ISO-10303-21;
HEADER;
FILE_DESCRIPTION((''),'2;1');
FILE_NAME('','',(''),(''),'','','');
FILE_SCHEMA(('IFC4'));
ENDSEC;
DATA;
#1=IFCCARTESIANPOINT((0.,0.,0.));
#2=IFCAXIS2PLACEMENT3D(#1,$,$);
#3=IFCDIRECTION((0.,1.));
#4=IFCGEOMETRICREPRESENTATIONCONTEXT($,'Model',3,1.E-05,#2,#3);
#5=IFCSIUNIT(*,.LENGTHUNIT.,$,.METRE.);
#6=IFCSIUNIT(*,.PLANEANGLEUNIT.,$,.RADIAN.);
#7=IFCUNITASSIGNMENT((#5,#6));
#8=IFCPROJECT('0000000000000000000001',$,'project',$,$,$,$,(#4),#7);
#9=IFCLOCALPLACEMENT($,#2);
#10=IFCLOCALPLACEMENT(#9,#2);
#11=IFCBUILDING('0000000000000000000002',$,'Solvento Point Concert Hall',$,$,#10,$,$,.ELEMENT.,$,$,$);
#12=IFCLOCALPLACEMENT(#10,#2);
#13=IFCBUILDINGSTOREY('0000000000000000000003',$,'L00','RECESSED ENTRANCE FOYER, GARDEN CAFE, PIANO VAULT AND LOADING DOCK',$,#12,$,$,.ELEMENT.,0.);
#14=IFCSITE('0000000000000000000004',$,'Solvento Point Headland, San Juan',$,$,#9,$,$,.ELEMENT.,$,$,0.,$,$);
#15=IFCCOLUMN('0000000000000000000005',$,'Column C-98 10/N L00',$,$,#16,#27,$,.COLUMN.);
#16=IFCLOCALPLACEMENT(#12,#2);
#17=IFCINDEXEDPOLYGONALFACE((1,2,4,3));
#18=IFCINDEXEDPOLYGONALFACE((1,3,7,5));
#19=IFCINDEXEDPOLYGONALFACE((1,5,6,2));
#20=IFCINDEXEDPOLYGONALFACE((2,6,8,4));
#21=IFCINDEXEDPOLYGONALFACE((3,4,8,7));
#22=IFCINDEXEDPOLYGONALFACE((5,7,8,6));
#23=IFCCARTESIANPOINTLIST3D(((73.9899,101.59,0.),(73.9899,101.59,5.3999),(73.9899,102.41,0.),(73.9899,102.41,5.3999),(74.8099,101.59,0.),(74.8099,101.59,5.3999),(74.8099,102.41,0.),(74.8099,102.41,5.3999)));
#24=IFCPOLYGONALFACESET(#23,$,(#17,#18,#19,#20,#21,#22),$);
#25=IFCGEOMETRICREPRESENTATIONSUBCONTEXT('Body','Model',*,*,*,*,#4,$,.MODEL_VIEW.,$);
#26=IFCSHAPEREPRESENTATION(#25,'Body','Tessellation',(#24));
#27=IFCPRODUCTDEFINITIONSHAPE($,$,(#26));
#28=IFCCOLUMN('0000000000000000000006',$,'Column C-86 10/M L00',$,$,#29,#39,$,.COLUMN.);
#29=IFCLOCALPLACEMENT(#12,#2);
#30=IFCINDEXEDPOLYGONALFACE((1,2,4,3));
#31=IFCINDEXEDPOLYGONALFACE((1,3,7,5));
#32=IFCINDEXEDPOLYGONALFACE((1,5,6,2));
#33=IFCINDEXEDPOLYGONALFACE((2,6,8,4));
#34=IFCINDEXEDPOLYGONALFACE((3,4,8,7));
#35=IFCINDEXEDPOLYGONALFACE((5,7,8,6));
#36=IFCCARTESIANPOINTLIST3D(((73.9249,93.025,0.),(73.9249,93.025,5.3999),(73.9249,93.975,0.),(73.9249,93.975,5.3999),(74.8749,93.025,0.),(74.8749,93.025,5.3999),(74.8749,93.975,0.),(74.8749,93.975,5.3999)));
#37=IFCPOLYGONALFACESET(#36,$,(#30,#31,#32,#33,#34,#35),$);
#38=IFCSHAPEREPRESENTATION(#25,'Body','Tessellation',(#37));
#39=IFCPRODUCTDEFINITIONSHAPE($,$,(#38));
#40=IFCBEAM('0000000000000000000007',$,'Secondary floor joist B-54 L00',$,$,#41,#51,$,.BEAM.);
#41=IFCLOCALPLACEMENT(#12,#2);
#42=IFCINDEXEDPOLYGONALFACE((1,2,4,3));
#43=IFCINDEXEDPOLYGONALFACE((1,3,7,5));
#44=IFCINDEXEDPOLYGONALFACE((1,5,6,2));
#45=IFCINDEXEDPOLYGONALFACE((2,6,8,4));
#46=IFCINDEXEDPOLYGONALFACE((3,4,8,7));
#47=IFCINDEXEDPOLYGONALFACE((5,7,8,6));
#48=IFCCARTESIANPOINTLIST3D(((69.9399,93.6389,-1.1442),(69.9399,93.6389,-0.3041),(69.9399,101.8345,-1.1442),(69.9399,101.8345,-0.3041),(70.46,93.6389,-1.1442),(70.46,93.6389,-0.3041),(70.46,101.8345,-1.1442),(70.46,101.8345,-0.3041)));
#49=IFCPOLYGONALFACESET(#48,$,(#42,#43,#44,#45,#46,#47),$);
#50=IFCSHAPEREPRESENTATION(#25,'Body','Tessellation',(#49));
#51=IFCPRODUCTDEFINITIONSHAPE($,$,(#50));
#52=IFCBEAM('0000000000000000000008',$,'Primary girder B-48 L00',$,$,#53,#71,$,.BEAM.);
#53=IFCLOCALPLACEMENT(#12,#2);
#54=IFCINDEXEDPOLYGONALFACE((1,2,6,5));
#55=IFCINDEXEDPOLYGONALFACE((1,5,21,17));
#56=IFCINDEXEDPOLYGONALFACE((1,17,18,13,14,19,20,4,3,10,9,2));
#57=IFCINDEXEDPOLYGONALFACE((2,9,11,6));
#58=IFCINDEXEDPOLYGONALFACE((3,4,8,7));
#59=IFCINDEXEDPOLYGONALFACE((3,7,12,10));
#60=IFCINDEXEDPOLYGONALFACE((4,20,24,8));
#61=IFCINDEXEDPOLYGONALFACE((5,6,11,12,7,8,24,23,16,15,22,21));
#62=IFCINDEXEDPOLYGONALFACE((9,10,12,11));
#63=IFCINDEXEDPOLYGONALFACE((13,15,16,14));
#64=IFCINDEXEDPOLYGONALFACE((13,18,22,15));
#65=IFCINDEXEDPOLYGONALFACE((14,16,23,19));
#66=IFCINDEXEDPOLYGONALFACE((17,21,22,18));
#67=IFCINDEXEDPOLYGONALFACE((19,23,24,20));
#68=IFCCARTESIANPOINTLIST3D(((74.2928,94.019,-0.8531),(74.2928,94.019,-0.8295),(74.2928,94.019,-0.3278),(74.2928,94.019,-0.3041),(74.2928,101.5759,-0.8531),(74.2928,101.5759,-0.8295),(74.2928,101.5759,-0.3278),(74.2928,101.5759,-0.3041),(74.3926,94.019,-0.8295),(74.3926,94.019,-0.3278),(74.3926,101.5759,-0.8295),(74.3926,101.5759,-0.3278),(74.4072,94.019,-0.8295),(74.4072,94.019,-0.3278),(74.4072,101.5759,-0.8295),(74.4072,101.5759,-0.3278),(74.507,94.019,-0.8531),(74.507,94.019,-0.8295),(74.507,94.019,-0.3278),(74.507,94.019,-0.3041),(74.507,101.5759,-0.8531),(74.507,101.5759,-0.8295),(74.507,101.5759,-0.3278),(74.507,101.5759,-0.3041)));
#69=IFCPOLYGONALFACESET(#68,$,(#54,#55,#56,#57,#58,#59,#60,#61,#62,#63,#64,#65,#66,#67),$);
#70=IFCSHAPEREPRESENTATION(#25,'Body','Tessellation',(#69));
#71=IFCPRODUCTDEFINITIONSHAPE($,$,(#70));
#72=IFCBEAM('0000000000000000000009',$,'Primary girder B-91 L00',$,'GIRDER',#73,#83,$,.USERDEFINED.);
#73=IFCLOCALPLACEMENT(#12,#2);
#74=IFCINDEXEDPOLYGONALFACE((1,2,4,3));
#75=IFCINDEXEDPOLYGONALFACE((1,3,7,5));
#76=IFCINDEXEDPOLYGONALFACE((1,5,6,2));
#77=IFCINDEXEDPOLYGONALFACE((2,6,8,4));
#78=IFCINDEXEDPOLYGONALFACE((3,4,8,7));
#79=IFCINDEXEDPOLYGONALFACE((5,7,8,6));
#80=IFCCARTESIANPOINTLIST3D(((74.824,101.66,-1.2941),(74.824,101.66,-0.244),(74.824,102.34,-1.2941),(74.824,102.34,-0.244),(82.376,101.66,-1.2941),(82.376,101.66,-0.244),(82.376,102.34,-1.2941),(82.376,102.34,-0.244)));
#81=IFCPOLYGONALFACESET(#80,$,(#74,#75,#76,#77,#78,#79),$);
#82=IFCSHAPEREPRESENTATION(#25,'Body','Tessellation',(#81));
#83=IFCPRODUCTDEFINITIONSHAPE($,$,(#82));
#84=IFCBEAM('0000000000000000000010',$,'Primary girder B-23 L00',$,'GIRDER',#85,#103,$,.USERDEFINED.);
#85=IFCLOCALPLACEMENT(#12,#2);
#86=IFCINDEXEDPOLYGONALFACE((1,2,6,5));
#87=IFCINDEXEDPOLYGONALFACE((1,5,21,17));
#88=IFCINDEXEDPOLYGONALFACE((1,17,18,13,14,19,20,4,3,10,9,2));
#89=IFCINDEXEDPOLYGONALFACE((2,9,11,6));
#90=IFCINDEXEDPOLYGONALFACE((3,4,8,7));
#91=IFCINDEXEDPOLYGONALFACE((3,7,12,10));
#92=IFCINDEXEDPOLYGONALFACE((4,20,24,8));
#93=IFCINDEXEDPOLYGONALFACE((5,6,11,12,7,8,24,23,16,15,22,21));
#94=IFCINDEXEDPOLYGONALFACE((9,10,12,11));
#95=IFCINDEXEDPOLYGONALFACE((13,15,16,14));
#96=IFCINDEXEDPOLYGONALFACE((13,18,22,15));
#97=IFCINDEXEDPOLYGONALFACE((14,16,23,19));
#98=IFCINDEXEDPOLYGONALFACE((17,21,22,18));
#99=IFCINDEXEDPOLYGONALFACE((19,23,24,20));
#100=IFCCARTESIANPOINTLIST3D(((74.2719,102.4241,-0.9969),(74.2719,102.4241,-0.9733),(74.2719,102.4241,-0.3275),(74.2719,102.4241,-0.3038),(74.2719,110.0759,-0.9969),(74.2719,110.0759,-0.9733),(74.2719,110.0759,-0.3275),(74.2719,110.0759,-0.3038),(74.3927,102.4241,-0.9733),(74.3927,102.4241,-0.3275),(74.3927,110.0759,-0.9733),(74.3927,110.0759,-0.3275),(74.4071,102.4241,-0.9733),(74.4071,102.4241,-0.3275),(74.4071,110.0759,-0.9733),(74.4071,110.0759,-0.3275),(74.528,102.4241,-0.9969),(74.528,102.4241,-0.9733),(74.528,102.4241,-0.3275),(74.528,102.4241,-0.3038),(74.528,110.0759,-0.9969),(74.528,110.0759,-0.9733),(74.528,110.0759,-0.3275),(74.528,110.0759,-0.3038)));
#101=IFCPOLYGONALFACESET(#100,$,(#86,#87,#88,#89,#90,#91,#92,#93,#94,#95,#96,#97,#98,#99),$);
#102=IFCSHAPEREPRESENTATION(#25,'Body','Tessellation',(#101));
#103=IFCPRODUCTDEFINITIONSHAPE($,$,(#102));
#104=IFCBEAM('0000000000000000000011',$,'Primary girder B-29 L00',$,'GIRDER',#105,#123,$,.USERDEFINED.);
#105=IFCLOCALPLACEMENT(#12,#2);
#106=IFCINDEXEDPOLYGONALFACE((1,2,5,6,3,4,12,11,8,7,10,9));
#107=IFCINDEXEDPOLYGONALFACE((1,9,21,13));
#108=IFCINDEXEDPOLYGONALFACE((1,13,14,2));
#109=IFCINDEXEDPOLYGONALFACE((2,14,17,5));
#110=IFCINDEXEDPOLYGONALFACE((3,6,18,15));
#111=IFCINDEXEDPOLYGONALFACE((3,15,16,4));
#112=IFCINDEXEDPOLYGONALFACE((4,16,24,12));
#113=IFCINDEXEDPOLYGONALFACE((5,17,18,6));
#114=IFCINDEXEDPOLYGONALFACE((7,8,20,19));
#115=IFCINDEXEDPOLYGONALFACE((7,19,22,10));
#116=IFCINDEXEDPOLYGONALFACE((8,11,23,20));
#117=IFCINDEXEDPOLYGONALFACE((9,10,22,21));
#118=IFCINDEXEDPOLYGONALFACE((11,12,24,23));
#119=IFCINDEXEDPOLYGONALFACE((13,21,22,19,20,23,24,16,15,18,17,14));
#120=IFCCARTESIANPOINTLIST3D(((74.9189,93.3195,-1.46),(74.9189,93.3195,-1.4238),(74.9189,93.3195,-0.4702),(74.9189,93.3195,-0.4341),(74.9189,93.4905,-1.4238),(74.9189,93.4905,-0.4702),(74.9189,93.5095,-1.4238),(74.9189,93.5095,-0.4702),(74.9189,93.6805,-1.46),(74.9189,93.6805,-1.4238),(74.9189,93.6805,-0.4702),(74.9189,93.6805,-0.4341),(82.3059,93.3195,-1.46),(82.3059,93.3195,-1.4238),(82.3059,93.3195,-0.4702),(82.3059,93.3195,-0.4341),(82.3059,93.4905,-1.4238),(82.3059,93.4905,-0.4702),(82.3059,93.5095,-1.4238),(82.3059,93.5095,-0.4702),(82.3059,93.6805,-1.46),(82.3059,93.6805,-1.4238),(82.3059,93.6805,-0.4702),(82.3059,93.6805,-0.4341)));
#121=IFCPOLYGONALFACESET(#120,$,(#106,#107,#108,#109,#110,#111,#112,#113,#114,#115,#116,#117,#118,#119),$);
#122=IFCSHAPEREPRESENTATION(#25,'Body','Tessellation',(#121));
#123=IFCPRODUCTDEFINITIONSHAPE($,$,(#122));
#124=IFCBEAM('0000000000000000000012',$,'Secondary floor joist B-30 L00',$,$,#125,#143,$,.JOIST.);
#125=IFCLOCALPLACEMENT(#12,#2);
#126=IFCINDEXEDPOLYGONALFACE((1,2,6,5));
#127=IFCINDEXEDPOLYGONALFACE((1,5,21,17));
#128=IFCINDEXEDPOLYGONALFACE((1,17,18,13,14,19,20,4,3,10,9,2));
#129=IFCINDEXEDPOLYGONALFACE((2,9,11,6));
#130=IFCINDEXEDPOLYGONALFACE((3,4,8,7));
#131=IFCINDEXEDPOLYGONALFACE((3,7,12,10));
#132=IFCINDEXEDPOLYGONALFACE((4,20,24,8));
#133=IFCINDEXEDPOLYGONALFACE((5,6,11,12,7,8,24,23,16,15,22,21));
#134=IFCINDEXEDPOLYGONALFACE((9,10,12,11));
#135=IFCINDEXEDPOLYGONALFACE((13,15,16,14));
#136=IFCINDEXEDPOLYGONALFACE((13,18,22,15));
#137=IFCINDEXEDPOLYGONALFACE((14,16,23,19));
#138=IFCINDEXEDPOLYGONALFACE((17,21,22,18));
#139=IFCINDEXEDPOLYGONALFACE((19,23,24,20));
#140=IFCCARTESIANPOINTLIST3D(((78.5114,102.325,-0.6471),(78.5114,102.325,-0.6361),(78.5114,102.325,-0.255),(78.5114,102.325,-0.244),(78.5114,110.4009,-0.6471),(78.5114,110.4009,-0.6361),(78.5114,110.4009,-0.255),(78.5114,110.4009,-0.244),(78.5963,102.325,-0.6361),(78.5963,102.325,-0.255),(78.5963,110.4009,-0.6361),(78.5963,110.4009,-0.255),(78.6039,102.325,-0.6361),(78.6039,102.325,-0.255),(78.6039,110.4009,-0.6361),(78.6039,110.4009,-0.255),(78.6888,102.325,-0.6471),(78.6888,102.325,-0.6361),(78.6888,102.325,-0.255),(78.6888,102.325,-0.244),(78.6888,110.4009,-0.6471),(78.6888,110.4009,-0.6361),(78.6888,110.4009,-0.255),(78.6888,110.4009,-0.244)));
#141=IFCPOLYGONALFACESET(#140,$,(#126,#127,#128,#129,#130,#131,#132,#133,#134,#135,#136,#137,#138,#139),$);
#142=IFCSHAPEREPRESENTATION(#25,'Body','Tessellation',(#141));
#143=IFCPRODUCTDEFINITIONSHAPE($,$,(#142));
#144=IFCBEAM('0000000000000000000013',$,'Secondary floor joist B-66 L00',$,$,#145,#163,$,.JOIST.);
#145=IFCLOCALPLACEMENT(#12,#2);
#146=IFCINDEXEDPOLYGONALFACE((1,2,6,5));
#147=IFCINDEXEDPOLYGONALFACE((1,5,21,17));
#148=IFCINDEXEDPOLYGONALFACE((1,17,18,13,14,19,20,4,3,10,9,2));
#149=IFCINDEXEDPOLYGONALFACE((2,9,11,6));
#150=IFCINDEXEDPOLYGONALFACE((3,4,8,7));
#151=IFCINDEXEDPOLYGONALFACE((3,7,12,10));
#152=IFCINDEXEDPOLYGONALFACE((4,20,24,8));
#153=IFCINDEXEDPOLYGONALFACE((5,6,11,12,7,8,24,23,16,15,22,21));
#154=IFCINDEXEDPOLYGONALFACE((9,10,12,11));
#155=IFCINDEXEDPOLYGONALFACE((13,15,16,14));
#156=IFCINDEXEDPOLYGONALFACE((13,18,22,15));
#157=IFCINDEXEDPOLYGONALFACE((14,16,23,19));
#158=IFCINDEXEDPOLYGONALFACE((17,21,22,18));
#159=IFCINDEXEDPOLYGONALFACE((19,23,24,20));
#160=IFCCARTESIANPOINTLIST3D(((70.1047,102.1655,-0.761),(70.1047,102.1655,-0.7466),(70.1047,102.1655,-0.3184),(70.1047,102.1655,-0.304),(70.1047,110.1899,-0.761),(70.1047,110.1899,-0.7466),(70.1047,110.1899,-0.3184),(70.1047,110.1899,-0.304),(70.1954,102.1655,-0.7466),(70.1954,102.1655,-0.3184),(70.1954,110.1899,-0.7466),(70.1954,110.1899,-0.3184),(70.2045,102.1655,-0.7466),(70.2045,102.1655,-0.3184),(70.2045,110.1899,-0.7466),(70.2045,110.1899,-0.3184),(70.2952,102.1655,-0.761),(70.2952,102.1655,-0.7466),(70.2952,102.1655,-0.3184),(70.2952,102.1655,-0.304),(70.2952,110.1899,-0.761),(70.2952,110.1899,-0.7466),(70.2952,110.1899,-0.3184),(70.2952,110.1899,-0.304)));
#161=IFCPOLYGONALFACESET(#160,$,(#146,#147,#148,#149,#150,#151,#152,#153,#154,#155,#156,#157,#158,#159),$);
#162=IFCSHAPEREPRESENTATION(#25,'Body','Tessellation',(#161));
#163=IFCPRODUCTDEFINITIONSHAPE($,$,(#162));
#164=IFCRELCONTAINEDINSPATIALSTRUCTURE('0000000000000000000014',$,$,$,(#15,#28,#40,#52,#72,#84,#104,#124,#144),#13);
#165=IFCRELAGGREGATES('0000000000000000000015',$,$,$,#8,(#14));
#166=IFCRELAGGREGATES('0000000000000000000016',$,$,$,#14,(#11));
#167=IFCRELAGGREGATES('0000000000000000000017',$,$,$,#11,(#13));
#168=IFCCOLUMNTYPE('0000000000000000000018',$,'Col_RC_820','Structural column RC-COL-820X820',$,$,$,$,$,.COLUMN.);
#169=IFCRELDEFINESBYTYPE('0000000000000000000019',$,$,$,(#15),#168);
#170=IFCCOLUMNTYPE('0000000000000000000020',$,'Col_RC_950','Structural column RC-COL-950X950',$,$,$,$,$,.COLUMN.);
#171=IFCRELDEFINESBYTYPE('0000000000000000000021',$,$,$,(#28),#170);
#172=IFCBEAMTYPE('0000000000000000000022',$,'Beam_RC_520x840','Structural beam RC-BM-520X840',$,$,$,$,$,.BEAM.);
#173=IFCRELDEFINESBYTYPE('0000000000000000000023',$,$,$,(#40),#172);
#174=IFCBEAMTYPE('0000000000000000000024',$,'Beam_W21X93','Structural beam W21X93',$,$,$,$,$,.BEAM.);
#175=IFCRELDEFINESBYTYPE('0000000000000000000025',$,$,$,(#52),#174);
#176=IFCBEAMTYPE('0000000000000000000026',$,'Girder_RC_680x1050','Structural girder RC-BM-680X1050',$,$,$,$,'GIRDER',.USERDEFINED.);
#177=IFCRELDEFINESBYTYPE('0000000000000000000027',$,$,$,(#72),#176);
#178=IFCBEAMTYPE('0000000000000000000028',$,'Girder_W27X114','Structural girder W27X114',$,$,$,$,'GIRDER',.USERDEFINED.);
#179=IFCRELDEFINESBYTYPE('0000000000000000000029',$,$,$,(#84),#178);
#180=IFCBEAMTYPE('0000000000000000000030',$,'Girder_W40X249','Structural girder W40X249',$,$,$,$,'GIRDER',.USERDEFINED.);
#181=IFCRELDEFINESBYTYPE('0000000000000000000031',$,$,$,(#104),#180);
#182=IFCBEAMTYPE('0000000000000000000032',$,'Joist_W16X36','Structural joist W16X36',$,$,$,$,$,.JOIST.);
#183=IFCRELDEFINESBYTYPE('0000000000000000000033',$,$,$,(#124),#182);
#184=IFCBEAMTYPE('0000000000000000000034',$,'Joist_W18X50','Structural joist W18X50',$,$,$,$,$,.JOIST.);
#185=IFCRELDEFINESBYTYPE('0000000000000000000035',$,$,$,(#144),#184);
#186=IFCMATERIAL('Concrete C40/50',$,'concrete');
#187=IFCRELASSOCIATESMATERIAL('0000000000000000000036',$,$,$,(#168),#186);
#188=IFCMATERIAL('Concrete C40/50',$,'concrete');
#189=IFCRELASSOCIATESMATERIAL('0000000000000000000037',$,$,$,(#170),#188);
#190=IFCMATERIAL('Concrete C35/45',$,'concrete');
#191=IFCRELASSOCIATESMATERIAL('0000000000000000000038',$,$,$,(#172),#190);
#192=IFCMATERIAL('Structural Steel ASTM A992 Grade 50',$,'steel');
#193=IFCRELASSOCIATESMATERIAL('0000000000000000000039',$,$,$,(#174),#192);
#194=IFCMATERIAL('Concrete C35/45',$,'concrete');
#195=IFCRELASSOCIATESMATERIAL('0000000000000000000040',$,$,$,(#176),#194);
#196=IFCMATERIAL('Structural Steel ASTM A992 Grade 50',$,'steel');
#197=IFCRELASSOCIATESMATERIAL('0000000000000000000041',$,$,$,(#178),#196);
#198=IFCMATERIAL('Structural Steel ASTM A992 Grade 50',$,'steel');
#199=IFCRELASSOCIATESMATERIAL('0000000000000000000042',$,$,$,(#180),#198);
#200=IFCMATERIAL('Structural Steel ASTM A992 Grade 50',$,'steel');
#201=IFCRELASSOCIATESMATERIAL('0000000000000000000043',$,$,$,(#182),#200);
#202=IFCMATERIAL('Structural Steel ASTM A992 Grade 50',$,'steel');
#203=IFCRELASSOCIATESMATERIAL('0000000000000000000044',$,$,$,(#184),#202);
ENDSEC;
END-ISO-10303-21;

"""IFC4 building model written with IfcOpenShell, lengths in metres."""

from ifc_helpers import new_model, si_unit, direction, frame, origin, origin_2d, place, context, subcontext, project, spatial, rectangle, i_section, extrude, material, material_profile, profile_set, type_object, element, save


model = new_model("IFC4")

# Units and contexts
model_context = context("Model", 3, precision=1e-05, world=origin(), true_north=direction((0.0, 1.0)))
body_context = subcontext(model_context, "Body", "Model", "MODEL_VIEW")
ifc_project = project(units=[si_unit("LENGTHUNIT", "METRE"), si_unit("PLANEANGLEUNIT", "RADIAN")], contexts=[model_context])

# Site, building, storey
site_placement = place(None, origin())
site = spatial("IfcSite", under=ifc_project, at=site_placement, Name="Solvento Point Headland, San Juan", CompositionType="ELEMENT", RefElevation=0.0)
building_placement = place(site_placement, origin())
building = spatial("IfcBuilding", under=site, at=building_placement, Name="Solvento Point Concert Hall", CompositionType="ELEMENT")
storey_placement = place(building_placement, origin())
storey = spatial("IfcBuildingStorey", under=building, at=storey_placement, Name="L00", Description="RECESSED ENTRANCE FOYER, GARDEN CAFE, PIANO VAULT AND LOADING DOCK", CompositionType="ELEMENT", Elevation=0.0)

# Columns
ifc_material_1 = material(Name="Concrete C40/50", Category="concrete")
ifc_material_profile_1 = material_profile(ifc_material_1, rectangle(XDim=0.8201, YDim=0.8201, at=origin_2d()), Name="RC-COL-820X820")
ifc_profile_set_1 = profile_set([ifc_material_profile_1], Name="Concrete C40/50")
column_type_1 = type_object("IfcColumnType", Name="Col_RC_820", Description="Structural column RC-COL-820X820", PredefinedType="COLUMN", material=ifc_profile_set_1)
column_1_placement = place(storey_placement, frame((74.3999, 102.0, 0.0), z_axis=(0.0, 0.0, 1.0), x_axis=(1.0, 0.0, 0.0)))
element("IfcColumn", 1, at=column_1_placement, inside=storey, type_object=column_type_1, Name="Column C-98 10/N L00", PredefinedType="COLUMN", context=body_context, shape_type="SweptSolid", body=[
    extrude(rectangle(XDim=0.8201, YDim=0.8201, at=origin_2d()), origin(), (0.0, 0.0, 1.0), 5.3999),
])
ifc_material_2 = material(Name="Concrete C40/50", Category="concrete")
ifc_material_profile_2 = material_profile(ifc_material_2, rectangle(XDim=0.95, YDim=0.95, at=origin_2d()), Name="RC-COL-950X950")
ifc_profile_set_2 = profile_set([ifc_material_profile_2], Name="Concrete C40/50")
column_type_2 = type_object("IfcColumnType", Name="Col_RC_950", Description="Structural column RC-COL-950X950", PredefinedType="COLUMN", material=ifc_profile_set_2)
column_2_placement = place(storey_placement, frame((74.3999, 93.5, 0.0), z_axis=(0.0, 0.0, 1.0), x_axis=(1.0, 0.0, 0.0)))
element("IfcColumn", 2, at=column_2_placement, inside=storey, type_object=column_type_2, Name="Column C-86 10/M L00", PredefinedType="COLUMN", context=body_context, shape_type="SweptSolid", body=[
    extrude(rectangle(XDim=0.95, YDim=0.95, at=origin_2d()), origin(), (0.0, 0.0, 1.0), 5.3999),
])

# Beams
ifc_material_3 = material(Name="Concrete C35/45", Category="concrete")
ifc_material_profile_3 = material_profile(ifc_material_3, rectangle(XDim=0.52, YDim=0.8401, at=origin_2d()), Name="RC-BM-520X840")
ifc_profile_set_3 = profile_set([ifc_material_profile_3], Name="Concrete C35/45")
beam_type_1 = type_object("IfcBeamType", Name="Beam_RC_520x840", Description="Structural beam RC-BM-520X840", PredefinedType="BEAM", material=ifc_profile_set_3)
beam_1_placement = place(storey_placement, frame((70.2, 93.6389, -0.7241), z_axis=(0.0, 1.0, 0.0), x_axis=(-1.0, 0.0, 0.0)))
element("IfcBeam", 3, at=beam_1_placement, inside=storey, type_object=beam_type_1, Name="Secondary floor joist B-54 L00", PredefinedType="BEAM", context=body_context, shape_type="SweptSolid", body=[
    extrude(rectangle(XDim=0.52, YDim=0.8401, at=origin_2d()), origin(), (0.0, 0.0, 1.0), 8.1956),
])
ifc_material_4 = material(Name="Structural Steel ASTM A992 Grade 50", Category="steel")
ifc_material_profile_4 = material_profile(ifc_material_4, i_section(OverallWidth=0.2141, OverallDepth=0.5491, WebThickness=0.0146, FlangeThickness=0.0237, at=origin_2d()), Name="W21X93")
ifc_profile_set_4 = profile_set([ifc_material_profile_4], Name="Structural Steel ASTM A992 Grade 50")
beam_type_2 = type_object("IfcBeamType", Name="Beam_W21X93", Description="Structural beam W21X93", PredefinedType="BEAM", material=ifc_profile_set_4)
beam_2_placement = place(storey_placement, frame((74.3999, 94.019, -0.5786), z_axis=(0.0, 1.0, 0.0), x_axis=(-1.0, 0.0, 0.0)))
element("IfcBeam", 4, at=beam_2_placement, inside=storey, type_object=beam_type_2, Name="Primary girder B-48 L00", PredefinedType="BEAM", context=body_context, shape_type="SweptSolid", body=[
    extrude(i_section(OverallWidth=0.2141, OverallDepth=0.5491, WebThickness=0.0146, FlangeThickness=0.0237, at=origin_2d()), origin(), (0.0, 0.0, 1.0), 7.5569),
])
ifc_material_5 = material(Name="Concrete C35/45", Category="concrete")
ifc_material_profile_5 = material_profile(ifc_material_5, rectangle(XDim=0.6799, YDim=1.05, at=origin_2d()), Name="RC-BM-680X1050")
ifc_profile_set_5 = profile_set([ifc_material_profile_5], Name="Concrete C35/45")
beam_type_3 = type_object("IfcBeamType", Name="Girder_RC_680x1050", Description="Structural girder RC-BM-680X1050", ElementType="GIRDER", PredefinedType="USERDEFINED", material=ifc_profile_set_5)
beam_3_placement = place(storey_placement, frame((74.824, 102.0, -0.769), z_axis=(1.0, 0.0, 0.0), x_axis=(0.0, 1.0, 0.0)))
element("IfcBeam", 5, at=beam_3_placement, inside=storey, type_object=beam_type_3, Name="Primary girder B-91 L00", ObjectType="GIRDER", PredefinedType="USERDEFINED", context=body_context, shape_type="SweptSolid", body=[
    extrude(rectangle(XDim=0.6799, YDim=1.05, at=origin_2d()), origin(), (0.0, 0.0, 1.0), 7.552),
])
ifc_material_6 = material(Name="Structural Steel ASTM A992 Grade 50", Category="steel")
ifc_material_profile_6 = material_profile(ifc_material_6, i_section(OverallWidth=0.2561, OverallDepth=0.6931, WebThickness=0.0144, FlangeThickness=0.0237, at=origin_2d()), Name="W27X114")
ifc_profile_set_6 = profile_set([ifc_material_profile_6], Name="Structural Steel ASTM A992 Grade 50")
beam_type_4 = type_object("IfcBeamType", Name="Girder_W27X114", Description="Structural girder W27X114", ElementType="GIRDER", PredefinedType="USERDEFINED", material=ifc_profile_set_6)
beam_4_placement = place(storey_placement, frame((74.3999, 102.4241, -0.6504), z_axis=(0.0, 1.0, 0.0), x_axis=(-1.0, 0.0, 0.0)))
element("IfcBeam", 6, at=beam_4_placement, inside=storey, type_object=beam_type_4, Name="Primary girder B-23 L00", ObjectType="GIRDER", PredefinedType="USERDEFINED", context=body_context, shape_type="SweptSolid", body=[
    extrude(i_section(OverallWidth=0.2561, OverallDepth=0.6931, WebThickness=0.0144, FlangeThickness=0.0237, at=origin_2d()), origin(), (0.0, 0.0, 1.0), 7.6519),
])
ifc_material_7 = material(Name="Structural Steel ASTM A992 Grade 50", Category="steel")
ifc_material_profile_7 = material_profile(ifc_material_7, i_section(OverallWidth=0.3611, OverallDepth=1.0259, WebThickness=0.019, FlangeThickness=0.0361, at=origin_2d()), Name="W40X249")
ifc_profile_set_7 = profile_set([ifc_material_profile_7], Name="Structural Steel ASTM A992 Grade 50")
beam_type_5 = type_object("IfcBeamType", Name="Girder_W40X249", Description="Structural girder W40X249", ElementType="GIRDER", PredefinedType="USERDEFINED", material=ifc_profile_set_7)
beam_5_placement = place(storey_placement, frame((74.9189, 93.5, -0.947), z_axis=(1.0, 0.0, 0.0), x_axis=(0.0, 1.0, 0.0)))
element("IfcBeam", 7, at=beam_5_placement, inside=storey, type_object=beam_type_5, Name="Primary girder B-29 L00", ObjectType="GIRDER", PredefinedType="USERDEFINED", context=body_context, shape_type="SweptSolid", body=[
    extrude(i_section(OverallWidth=0.3611, OverallDepth=1.0259, WebThickness=0.019, FlangeThickness=0.0361, at=origin_2d()), origin(), (0.0, 0.0, 1.0), 7.387),
])
ifc_material_8 = material(Name="Structural Steel ASTM A992 Grade 50", Category="steel")
ifc_material_profile_8 = material_profile(ifc_material_8, i_section(OverallWidth=0.1775, OverallDepth=0.4031, WebThickness=0.0076, FlangeThickness=0.011, at=origin_2d()), Name="W16X36")
ifc_profile_set_8 = profile_set([ifc_material_profile_8], Name="Structural Steel ASTM A992 Grade 50")
beam_type_6 = type_object("IfcBeamType", Name="Joist_W16X36", Description="Structural joist W16X36", PredefinedType="JOIST", material=ifc_profile_set_8)
beam_6_placement = place(storey_placement, frame((78.6001, 102.325, -0.4456), z_axis=(0.0, 1.0, 0.0), x_axis=(-1.0, 0.0, 0.0)))
element("IfcBeam", 8, at=beam_6_placement, inside=storey, type_object=beam_type_6, Name="Secondary floor joist B-30 L00", PredefinedType="JOIST", context=body_context, shape_type="SweptSolid", body=[
    extrude(i_section(OverallWidth=0.1775, OverallDepth=0.4031, WebThickness=0.0076, FlangeThickness=0.011, at=origin_2d()), origin(), (0.0, 0.0, 1.0), 8.0759),
])
ifc_material_9 = material(Name="Structural Steel ASTM A992 Grade 50", Category="steel")
ifc_material_profile_9 = material_profile(ifc_material_9, i_section(OverallWidth=0.1904, OverallDepth=0.457, WebThickness=0.009, FlangeThickness=0.0144, at=origin_2d()), Name="W18X50")
ifc_profile_set_9 = profile_set([ifc_material_profile_9], Name="Structural Steel ASTM A992 Grade 50")
beam_type_7 = type_object("IfcBeamType", Name="Joist_W18X50", Description="Structural joist W18X50", PredefinedType="JOIST", material=ifc_profile_set_9)
beam_7_placement = place(storey_placement, frame((70.2, 102.1655, -0.5325), z_axis=(0.0, 1.0, 0.0), x_axis=(-1.0, 0.0, 0.0)))
element("IfcBeam", 9, at=beam_7_placement, inside=storey, type_object=beam_type_7, Name="Secondary floor joist B-66 L00", PredefinedType="JOIST", context=body_context, shape_type="SweptSolid", body=[
    extrude(i_section(OverallWidth=0.1904, OverallDepth=0.457, WebThickness=0.009, FlangeThickness=0.0144, at=origin_2d()), origin(), (0.0, 0.0, 1.0), 8.0244),
])

save(model, "model.ifc")
